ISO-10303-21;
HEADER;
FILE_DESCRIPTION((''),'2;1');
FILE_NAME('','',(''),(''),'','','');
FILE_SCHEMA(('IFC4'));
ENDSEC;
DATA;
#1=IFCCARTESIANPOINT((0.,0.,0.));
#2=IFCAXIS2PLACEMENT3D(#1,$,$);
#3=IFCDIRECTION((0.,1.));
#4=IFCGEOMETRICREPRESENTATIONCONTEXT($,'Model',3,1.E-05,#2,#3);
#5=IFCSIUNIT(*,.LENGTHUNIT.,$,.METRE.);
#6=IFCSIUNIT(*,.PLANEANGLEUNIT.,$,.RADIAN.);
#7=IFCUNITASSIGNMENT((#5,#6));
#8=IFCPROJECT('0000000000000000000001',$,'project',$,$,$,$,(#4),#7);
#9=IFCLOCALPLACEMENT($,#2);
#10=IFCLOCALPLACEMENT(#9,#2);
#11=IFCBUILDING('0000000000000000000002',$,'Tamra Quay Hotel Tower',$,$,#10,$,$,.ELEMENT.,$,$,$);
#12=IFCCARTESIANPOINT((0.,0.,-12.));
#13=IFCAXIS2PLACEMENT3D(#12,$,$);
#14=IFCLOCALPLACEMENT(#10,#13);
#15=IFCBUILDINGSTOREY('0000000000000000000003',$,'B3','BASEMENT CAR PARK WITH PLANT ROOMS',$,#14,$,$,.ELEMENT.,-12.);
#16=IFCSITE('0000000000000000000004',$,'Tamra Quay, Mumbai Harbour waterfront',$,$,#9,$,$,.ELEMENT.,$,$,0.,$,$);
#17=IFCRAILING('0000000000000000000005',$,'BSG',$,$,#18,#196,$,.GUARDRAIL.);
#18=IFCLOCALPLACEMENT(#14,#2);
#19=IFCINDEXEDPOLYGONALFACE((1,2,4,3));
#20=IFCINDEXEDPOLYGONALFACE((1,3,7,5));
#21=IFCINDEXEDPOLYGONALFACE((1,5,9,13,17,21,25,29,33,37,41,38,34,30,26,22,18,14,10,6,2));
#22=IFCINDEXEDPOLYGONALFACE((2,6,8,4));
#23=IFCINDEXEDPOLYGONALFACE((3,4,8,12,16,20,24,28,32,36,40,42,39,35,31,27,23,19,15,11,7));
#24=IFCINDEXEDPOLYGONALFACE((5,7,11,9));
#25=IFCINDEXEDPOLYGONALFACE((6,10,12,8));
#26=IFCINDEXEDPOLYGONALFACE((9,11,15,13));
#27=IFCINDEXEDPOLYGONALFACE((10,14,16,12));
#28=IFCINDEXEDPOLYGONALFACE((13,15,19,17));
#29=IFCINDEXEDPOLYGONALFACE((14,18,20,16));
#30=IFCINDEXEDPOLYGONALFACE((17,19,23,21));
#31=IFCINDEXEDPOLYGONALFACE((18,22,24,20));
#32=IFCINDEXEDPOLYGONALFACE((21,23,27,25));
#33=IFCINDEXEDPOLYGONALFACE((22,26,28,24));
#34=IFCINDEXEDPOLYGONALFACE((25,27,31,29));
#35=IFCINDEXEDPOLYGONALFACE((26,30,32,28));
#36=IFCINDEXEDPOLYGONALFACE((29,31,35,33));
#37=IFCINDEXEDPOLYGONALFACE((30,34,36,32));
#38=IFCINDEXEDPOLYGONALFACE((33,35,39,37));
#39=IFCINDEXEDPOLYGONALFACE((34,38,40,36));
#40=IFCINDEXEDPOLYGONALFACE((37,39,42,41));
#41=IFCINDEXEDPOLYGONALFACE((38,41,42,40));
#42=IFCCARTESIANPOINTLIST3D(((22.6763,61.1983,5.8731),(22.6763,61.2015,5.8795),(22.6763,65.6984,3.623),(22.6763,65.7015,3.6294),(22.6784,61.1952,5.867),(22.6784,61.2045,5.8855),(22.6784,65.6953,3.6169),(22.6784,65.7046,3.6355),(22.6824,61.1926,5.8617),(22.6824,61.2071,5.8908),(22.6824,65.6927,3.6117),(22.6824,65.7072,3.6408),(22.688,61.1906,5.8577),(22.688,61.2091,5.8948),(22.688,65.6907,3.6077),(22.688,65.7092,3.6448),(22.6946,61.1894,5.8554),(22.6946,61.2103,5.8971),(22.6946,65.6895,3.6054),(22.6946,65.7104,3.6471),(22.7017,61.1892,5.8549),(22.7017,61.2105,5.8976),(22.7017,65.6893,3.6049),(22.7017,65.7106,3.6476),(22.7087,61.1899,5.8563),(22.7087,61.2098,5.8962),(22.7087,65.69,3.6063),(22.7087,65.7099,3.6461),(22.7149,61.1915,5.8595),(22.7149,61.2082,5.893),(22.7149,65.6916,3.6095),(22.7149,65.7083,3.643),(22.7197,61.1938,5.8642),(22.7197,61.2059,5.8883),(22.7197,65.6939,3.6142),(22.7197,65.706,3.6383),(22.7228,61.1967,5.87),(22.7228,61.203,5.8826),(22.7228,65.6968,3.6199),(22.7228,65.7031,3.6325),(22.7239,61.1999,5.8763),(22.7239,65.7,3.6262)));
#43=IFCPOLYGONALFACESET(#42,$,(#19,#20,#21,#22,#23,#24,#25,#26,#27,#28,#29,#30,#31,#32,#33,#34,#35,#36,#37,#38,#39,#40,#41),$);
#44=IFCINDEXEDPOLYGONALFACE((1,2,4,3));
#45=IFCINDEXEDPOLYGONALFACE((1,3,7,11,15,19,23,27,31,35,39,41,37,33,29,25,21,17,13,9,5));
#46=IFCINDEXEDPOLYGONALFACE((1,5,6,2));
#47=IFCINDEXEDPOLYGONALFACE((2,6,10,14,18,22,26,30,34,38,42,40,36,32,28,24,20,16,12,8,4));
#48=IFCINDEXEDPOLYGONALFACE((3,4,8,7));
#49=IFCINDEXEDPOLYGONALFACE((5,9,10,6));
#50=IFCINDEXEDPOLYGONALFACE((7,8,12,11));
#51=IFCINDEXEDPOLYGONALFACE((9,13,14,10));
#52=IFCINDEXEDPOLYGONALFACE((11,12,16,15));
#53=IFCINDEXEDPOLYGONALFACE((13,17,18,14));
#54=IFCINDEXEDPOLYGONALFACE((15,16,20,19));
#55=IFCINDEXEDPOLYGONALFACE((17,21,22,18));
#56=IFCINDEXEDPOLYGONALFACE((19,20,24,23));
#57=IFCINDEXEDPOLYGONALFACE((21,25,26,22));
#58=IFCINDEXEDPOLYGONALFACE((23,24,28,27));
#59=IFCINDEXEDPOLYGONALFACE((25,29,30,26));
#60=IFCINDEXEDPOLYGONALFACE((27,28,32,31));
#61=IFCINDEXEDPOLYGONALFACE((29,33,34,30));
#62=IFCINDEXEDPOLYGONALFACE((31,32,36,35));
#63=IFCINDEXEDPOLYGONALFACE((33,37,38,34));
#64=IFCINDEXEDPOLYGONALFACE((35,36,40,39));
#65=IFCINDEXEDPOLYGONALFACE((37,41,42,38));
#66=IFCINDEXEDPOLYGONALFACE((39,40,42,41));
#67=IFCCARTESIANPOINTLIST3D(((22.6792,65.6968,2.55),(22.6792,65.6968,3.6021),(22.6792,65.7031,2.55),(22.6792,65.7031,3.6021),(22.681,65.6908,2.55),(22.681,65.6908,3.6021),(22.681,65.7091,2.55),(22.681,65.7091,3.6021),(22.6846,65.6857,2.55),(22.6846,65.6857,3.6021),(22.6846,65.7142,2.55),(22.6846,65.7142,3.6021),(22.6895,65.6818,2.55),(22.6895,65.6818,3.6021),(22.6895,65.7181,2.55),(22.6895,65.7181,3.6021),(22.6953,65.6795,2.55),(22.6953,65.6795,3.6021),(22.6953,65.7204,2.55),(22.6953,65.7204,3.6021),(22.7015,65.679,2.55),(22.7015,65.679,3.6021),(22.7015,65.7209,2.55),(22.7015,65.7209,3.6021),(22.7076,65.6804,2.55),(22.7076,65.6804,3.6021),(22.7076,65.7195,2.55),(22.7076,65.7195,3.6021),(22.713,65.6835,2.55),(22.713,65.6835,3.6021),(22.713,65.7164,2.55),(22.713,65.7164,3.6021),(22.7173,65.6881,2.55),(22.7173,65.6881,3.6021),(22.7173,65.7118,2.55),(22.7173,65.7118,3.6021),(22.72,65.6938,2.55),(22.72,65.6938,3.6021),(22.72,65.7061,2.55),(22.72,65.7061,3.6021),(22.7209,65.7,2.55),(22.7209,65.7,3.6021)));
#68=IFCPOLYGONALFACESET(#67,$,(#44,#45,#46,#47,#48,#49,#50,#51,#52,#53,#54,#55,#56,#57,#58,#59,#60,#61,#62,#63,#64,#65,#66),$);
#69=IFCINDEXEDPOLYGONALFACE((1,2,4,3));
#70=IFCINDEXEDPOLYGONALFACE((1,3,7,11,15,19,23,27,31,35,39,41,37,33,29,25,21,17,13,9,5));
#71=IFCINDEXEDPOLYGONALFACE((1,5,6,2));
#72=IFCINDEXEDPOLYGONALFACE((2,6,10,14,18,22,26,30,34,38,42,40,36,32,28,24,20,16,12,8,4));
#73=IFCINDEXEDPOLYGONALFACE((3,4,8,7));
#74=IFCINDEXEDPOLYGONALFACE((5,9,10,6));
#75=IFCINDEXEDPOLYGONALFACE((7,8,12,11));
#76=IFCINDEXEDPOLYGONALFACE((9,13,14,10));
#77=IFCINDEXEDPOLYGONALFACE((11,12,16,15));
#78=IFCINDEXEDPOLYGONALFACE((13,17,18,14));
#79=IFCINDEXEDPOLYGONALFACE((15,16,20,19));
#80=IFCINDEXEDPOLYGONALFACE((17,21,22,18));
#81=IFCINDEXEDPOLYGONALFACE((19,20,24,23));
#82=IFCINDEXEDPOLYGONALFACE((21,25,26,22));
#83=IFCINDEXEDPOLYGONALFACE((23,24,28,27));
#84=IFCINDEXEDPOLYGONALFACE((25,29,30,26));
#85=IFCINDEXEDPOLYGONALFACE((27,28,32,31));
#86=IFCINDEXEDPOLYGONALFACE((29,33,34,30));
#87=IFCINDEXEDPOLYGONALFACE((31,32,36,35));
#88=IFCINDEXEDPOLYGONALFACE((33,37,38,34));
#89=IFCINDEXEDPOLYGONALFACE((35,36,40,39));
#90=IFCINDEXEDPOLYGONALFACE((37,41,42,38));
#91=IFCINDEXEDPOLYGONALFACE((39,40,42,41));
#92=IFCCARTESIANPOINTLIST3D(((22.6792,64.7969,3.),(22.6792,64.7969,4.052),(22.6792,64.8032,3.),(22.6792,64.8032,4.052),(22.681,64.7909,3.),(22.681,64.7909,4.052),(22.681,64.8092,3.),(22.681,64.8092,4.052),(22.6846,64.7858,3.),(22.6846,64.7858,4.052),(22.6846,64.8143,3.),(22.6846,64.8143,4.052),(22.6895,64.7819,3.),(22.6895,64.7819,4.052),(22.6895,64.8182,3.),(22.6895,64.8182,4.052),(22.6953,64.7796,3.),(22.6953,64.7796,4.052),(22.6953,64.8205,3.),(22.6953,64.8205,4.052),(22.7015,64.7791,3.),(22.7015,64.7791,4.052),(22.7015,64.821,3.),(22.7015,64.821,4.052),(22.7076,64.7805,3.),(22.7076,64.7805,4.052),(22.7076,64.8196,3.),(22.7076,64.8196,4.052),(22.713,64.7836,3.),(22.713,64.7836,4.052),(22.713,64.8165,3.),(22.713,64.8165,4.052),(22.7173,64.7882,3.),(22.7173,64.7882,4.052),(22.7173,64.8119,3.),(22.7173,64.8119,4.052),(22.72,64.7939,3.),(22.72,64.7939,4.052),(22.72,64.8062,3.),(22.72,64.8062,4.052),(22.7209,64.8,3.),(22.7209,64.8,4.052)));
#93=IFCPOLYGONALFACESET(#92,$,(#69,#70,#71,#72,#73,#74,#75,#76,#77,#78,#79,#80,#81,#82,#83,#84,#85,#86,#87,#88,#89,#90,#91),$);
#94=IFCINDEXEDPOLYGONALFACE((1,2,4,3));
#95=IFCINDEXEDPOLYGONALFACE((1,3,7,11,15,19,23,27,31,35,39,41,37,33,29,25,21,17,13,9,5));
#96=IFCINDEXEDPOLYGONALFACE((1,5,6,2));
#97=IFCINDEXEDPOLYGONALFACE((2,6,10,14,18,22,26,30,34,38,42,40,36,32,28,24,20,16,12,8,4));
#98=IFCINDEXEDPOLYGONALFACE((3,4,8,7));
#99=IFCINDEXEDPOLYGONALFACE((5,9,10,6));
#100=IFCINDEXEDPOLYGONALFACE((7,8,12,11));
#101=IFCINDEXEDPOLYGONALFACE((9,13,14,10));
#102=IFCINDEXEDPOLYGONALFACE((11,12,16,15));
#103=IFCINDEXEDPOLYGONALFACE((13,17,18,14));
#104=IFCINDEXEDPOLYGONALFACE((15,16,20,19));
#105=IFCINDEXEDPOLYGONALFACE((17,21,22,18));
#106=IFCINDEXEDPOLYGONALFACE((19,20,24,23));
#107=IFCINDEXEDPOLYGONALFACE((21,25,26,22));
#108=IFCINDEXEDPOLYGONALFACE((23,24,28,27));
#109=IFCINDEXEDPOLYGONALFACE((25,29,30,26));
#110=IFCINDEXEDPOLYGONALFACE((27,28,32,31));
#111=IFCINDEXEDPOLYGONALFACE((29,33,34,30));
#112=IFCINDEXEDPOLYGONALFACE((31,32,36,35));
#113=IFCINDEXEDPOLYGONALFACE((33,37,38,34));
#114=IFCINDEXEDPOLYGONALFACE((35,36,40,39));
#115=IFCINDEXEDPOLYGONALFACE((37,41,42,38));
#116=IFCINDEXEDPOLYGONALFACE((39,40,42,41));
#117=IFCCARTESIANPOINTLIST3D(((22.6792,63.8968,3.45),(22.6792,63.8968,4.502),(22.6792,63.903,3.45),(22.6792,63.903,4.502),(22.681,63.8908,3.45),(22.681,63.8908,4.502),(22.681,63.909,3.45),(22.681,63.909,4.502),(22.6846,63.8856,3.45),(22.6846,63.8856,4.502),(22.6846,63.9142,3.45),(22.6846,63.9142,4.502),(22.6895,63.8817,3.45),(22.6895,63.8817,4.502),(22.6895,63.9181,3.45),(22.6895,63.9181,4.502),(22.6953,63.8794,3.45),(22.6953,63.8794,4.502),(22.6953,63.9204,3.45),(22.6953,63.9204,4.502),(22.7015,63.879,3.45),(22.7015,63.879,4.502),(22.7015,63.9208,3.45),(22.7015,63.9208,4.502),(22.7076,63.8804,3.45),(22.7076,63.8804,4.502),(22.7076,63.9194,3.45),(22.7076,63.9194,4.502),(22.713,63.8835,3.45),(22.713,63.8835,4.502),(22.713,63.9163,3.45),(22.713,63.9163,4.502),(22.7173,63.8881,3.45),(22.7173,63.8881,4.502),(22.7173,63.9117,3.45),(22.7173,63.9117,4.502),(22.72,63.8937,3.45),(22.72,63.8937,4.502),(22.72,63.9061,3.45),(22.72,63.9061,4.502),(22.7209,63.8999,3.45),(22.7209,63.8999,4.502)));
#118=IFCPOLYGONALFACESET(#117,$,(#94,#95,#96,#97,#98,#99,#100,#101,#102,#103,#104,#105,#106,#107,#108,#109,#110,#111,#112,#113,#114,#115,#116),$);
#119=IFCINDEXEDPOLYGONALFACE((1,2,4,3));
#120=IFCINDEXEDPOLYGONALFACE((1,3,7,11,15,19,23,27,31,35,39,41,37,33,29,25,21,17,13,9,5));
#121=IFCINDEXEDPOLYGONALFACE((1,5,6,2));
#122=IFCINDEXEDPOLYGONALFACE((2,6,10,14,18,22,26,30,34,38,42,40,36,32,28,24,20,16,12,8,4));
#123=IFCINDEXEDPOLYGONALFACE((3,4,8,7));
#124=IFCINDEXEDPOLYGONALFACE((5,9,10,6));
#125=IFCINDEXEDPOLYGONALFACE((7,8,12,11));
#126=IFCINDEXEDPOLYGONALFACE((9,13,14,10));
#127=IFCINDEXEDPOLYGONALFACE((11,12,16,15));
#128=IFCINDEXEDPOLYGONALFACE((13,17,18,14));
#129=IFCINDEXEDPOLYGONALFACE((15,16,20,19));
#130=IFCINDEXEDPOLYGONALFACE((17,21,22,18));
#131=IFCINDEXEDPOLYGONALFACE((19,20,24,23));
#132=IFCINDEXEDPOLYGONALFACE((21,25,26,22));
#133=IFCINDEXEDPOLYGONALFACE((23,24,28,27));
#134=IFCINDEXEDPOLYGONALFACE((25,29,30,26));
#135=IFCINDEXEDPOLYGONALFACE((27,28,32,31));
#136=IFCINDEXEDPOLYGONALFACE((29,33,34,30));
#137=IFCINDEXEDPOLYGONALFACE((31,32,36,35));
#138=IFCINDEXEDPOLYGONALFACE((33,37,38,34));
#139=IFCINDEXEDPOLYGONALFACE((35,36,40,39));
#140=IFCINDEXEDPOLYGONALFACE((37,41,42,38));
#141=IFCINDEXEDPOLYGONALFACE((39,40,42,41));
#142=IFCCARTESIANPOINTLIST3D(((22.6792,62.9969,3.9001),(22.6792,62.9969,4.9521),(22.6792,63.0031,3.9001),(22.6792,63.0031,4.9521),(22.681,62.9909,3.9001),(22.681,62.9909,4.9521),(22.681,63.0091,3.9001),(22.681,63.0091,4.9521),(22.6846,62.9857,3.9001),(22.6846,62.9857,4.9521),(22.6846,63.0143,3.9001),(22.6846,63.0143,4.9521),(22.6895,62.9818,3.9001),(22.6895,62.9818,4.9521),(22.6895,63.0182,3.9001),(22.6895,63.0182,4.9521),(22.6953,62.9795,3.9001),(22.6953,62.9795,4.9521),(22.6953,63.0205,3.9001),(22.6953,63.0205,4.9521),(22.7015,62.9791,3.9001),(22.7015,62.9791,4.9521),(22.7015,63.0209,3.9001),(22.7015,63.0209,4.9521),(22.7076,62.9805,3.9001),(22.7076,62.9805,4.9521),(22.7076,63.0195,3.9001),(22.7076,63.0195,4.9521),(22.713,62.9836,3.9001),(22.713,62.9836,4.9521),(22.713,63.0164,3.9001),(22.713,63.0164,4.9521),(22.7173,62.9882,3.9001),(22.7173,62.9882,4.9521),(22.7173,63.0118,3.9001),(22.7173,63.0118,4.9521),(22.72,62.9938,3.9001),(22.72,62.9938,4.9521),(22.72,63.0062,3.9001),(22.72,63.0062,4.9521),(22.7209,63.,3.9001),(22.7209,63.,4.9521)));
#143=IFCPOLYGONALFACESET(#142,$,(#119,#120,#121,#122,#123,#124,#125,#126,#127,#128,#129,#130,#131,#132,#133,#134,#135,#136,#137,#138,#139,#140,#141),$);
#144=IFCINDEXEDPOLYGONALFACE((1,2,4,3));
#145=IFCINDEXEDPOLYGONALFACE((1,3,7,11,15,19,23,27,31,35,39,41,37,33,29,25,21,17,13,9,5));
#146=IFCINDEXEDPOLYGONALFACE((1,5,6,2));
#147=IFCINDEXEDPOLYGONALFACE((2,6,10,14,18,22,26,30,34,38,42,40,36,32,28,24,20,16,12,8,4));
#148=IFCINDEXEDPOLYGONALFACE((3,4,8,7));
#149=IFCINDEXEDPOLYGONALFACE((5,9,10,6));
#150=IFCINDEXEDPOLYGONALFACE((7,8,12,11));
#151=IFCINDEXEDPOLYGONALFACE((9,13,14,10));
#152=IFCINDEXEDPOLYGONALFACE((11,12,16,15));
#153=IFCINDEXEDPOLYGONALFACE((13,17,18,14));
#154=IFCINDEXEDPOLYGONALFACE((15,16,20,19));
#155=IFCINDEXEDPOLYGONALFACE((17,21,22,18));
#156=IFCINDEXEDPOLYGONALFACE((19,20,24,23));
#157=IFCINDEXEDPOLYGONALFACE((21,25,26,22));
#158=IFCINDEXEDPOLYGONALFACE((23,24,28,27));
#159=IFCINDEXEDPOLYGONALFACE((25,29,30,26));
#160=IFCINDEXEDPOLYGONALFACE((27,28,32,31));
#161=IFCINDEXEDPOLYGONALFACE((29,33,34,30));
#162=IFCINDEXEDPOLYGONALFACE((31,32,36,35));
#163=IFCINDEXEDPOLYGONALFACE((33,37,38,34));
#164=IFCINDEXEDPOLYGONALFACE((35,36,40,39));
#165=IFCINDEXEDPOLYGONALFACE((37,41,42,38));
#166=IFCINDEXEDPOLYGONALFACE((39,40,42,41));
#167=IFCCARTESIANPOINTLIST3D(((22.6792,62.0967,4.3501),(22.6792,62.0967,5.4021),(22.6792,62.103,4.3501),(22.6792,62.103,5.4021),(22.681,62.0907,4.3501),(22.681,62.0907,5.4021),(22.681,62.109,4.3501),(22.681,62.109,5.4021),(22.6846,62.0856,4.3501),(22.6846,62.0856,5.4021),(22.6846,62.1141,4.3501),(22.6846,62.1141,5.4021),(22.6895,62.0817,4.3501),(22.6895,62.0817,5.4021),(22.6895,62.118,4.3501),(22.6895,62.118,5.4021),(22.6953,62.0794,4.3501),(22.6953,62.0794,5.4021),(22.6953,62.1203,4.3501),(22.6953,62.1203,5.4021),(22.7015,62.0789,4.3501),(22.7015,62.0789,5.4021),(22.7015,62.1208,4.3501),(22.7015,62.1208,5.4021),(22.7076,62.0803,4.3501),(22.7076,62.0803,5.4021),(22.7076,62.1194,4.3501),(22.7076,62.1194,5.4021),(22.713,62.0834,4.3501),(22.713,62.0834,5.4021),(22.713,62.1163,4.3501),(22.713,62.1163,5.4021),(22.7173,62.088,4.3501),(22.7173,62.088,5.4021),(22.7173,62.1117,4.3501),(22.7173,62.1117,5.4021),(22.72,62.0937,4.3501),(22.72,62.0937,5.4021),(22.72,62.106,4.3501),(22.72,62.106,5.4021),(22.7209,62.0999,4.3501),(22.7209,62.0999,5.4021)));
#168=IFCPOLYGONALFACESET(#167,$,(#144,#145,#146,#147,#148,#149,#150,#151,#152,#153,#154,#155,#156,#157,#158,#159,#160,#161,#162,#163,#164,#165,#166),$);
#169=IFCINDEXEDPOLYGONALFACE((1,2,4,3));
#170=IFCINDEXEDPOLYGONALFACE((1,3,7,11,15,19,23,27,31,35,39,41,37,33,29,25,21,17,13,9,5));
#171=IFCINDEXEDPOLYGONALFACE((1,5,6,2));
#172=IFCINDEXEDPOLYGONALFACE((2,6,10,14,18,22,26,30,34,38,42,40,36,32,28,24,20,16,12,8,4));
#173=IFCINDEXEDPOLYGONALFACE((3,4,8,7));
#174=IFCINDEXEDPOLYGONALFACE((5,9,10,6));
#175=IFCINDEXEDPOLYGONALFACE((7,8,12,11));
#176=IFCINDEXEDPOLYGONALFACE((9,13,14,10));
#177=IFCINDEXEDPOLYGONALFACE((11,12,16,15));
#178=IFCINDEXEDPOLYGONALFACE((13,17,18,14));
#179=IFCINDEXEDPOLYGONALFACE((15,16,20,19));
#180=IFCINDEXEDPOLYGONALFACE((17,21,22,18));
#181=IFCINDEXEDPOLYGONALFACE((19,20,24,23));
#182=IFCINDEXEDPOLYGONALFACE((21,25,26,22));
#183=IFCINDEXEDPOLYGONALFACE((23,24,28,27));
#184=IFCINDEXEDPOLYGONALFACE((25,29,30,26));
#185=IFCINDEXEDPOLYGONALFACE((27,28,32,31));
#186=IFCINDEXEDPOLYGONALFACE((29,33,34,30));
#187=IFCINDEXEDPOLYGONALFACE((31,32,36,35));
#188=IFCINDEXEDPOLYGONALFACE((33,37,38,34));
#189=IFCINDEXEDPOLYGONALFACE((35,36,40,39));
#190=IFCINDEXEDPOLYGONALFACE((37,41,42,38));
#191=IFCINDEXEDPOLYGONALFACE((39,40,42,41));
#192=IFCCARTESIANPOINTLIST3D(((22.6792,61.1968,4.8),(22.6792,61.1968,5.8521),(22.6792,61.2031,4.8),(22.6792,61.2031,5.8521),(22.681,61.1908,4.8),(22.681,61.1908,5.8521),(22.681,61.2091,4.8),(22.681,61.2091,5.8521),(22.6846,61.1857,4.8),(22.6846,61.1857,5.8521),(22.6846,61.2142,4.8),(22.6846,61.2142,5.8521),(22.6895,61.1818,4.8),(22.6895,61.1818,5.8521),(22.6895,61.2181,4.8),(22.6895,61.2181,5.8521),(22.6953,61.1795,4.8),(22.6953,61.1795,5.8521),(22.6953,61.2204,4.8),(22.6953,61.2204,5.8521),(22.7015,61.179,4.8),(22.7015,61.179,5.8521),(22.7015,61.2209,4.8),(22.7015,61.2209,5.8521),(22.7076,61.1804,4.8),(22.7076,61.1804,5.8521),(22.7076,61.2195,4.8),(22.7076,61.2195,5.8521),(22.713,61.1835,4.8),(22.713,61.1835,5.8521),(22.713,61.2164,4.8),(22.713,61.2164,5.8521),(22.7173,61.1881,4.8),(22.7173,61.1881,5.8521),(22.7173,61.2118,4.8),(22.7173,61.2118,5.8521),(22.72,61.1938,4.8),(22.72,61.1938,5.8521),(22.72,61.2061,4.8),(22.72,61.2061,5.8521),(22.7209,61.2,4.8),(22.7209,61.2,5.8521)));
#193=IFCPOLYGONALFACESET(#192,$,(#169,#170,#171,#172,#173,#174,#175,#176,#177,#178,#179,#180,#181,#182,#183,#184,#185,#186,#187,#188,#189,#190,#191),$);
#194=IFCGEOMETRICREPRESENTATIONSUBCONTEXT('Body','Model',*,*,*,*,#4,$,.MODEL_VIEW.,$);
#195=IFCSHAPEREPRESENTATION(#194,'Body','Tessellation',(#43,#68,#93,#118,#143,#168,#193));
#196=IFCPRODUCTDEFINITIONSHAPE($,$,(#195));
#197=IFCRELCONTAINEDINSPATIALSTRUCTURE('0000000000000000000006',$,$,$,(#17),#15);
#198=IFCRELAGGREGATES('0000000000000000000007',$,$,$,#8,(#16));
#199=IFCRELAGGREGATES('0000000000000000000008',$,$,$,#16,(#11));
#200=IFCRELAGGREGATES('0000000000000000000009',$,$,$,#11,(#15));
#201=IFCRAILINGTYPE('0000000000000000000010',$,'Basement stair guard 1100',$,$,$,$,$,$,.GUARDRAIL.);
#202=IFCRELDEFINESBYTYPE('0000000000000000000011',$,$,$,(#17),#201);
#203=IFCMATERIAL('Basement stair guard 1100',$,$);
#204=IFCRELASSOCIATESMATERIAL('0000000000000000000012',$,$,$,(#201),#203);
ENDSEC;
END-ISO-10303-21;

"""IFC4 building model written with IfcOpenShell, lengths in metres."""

from ifc_helpers import new_model, si_unit, direction, frame, origin, origin_2d, place, context, subcontext, project, spatial, circle, extrude, material, type_object, element, save


model = new_model("IFC4")

# Units and contexts
model_context = context("Model", 3, precision=1e-05, world=origin(), true_north=direction((0.0, 1.0)))
body_context = subcontext(model_context, "Body", "Model", "MODEL_VIEW")
ifc_project = project(units=[si_unit("LENGTHUNIT", "METRE"), si_unit("PLANEANGLEUNIT", "RADIAN")], contexts=[model_context])

# Site, building, storey
site_placement = place(None, origin())
site = spatial("IfcSite", under=ifc_project, at=site_placement, Name="Tamra Quay, Mumbai Harbour waterfront", CompositionType="ELEMENT", RefElevation=0.0)
building_placement = place(site_placement, origin())
building = spatial("IfcBuilding", under=site, at=building_placement, Name="Tamra Quay Hotel Tower", CompositionType="ELEMENT")
storey_placement = place(building_placement, frame((0.0, 0.0, -12.0)))
storey = spatial("IfcBuildingStorey", under=building, at=storey_placement, Name="B3", Description="BASEMENT CAR PARK WITH PLANT ROOMS", CompositionType="ELEMENT", Elevation=-12.0)

# Railing
ifc_material_1 = material(Name="Basement stair guard 1100")
railing_type = type_object("IfcRailingType", Name="Basement stair guard 1100", PredefinedType="GUARDRAIL", material=ifc_material_1)
railing_1_placement = place(storey_placement, frame((22.7, 65.7, 2.55)))
element("IfcRailing", 1, at=railing_1_placement, inside=storey, type_object=railing_type, Name="BSG", PredefinedType="GUARDRAIL", context=body_context, shape_type="SweptSolid", body=[
    extrude(circle(Radius=0.0239, at=origin_2d()), frame((0.0, 0.0, 1.0762), z_axis=(0.0, -0.894427, 0.447214), x_axis=(1.0, 0.0, 0.0)), (0.0, 0.0, 1.0), 5.0312),
    extrude(circle(Radius=0.021, at=origin_2d()), origin(), (0.0, 0.0, 1.0), 1.052),
    extrude(circle(Radius=0.021, at=origin_2d()), frame((0.0, -0.8999, 0.45)), (0.0, 0.0, 1.0), 1.052),
    extrude(circle(Radius=0.021, at=origin_2d()), frame((0.0, -1.8, 0.8999)), (0.0, 0.0, 1.0), 1.052),
    extrude(circle(Radius=0.021, at=origin_2d()), frame((0.0, -2.7, 1.3501)), (0.0, 0.0, 1.0), 1.052),
    extrude(circle(Radius=0.021, at=origin_2d()), frame((0.0, -3.6001, 1.8)), (0.0, 0.0, 1.0), 1.052),
    extrude(circle(Radius=0.021, at=origin_2d()), frame((0.0, -4.5, 2.25)), (0.0, 0.0, 1.0), 1.052),
])

save(model, "model.ifc")
